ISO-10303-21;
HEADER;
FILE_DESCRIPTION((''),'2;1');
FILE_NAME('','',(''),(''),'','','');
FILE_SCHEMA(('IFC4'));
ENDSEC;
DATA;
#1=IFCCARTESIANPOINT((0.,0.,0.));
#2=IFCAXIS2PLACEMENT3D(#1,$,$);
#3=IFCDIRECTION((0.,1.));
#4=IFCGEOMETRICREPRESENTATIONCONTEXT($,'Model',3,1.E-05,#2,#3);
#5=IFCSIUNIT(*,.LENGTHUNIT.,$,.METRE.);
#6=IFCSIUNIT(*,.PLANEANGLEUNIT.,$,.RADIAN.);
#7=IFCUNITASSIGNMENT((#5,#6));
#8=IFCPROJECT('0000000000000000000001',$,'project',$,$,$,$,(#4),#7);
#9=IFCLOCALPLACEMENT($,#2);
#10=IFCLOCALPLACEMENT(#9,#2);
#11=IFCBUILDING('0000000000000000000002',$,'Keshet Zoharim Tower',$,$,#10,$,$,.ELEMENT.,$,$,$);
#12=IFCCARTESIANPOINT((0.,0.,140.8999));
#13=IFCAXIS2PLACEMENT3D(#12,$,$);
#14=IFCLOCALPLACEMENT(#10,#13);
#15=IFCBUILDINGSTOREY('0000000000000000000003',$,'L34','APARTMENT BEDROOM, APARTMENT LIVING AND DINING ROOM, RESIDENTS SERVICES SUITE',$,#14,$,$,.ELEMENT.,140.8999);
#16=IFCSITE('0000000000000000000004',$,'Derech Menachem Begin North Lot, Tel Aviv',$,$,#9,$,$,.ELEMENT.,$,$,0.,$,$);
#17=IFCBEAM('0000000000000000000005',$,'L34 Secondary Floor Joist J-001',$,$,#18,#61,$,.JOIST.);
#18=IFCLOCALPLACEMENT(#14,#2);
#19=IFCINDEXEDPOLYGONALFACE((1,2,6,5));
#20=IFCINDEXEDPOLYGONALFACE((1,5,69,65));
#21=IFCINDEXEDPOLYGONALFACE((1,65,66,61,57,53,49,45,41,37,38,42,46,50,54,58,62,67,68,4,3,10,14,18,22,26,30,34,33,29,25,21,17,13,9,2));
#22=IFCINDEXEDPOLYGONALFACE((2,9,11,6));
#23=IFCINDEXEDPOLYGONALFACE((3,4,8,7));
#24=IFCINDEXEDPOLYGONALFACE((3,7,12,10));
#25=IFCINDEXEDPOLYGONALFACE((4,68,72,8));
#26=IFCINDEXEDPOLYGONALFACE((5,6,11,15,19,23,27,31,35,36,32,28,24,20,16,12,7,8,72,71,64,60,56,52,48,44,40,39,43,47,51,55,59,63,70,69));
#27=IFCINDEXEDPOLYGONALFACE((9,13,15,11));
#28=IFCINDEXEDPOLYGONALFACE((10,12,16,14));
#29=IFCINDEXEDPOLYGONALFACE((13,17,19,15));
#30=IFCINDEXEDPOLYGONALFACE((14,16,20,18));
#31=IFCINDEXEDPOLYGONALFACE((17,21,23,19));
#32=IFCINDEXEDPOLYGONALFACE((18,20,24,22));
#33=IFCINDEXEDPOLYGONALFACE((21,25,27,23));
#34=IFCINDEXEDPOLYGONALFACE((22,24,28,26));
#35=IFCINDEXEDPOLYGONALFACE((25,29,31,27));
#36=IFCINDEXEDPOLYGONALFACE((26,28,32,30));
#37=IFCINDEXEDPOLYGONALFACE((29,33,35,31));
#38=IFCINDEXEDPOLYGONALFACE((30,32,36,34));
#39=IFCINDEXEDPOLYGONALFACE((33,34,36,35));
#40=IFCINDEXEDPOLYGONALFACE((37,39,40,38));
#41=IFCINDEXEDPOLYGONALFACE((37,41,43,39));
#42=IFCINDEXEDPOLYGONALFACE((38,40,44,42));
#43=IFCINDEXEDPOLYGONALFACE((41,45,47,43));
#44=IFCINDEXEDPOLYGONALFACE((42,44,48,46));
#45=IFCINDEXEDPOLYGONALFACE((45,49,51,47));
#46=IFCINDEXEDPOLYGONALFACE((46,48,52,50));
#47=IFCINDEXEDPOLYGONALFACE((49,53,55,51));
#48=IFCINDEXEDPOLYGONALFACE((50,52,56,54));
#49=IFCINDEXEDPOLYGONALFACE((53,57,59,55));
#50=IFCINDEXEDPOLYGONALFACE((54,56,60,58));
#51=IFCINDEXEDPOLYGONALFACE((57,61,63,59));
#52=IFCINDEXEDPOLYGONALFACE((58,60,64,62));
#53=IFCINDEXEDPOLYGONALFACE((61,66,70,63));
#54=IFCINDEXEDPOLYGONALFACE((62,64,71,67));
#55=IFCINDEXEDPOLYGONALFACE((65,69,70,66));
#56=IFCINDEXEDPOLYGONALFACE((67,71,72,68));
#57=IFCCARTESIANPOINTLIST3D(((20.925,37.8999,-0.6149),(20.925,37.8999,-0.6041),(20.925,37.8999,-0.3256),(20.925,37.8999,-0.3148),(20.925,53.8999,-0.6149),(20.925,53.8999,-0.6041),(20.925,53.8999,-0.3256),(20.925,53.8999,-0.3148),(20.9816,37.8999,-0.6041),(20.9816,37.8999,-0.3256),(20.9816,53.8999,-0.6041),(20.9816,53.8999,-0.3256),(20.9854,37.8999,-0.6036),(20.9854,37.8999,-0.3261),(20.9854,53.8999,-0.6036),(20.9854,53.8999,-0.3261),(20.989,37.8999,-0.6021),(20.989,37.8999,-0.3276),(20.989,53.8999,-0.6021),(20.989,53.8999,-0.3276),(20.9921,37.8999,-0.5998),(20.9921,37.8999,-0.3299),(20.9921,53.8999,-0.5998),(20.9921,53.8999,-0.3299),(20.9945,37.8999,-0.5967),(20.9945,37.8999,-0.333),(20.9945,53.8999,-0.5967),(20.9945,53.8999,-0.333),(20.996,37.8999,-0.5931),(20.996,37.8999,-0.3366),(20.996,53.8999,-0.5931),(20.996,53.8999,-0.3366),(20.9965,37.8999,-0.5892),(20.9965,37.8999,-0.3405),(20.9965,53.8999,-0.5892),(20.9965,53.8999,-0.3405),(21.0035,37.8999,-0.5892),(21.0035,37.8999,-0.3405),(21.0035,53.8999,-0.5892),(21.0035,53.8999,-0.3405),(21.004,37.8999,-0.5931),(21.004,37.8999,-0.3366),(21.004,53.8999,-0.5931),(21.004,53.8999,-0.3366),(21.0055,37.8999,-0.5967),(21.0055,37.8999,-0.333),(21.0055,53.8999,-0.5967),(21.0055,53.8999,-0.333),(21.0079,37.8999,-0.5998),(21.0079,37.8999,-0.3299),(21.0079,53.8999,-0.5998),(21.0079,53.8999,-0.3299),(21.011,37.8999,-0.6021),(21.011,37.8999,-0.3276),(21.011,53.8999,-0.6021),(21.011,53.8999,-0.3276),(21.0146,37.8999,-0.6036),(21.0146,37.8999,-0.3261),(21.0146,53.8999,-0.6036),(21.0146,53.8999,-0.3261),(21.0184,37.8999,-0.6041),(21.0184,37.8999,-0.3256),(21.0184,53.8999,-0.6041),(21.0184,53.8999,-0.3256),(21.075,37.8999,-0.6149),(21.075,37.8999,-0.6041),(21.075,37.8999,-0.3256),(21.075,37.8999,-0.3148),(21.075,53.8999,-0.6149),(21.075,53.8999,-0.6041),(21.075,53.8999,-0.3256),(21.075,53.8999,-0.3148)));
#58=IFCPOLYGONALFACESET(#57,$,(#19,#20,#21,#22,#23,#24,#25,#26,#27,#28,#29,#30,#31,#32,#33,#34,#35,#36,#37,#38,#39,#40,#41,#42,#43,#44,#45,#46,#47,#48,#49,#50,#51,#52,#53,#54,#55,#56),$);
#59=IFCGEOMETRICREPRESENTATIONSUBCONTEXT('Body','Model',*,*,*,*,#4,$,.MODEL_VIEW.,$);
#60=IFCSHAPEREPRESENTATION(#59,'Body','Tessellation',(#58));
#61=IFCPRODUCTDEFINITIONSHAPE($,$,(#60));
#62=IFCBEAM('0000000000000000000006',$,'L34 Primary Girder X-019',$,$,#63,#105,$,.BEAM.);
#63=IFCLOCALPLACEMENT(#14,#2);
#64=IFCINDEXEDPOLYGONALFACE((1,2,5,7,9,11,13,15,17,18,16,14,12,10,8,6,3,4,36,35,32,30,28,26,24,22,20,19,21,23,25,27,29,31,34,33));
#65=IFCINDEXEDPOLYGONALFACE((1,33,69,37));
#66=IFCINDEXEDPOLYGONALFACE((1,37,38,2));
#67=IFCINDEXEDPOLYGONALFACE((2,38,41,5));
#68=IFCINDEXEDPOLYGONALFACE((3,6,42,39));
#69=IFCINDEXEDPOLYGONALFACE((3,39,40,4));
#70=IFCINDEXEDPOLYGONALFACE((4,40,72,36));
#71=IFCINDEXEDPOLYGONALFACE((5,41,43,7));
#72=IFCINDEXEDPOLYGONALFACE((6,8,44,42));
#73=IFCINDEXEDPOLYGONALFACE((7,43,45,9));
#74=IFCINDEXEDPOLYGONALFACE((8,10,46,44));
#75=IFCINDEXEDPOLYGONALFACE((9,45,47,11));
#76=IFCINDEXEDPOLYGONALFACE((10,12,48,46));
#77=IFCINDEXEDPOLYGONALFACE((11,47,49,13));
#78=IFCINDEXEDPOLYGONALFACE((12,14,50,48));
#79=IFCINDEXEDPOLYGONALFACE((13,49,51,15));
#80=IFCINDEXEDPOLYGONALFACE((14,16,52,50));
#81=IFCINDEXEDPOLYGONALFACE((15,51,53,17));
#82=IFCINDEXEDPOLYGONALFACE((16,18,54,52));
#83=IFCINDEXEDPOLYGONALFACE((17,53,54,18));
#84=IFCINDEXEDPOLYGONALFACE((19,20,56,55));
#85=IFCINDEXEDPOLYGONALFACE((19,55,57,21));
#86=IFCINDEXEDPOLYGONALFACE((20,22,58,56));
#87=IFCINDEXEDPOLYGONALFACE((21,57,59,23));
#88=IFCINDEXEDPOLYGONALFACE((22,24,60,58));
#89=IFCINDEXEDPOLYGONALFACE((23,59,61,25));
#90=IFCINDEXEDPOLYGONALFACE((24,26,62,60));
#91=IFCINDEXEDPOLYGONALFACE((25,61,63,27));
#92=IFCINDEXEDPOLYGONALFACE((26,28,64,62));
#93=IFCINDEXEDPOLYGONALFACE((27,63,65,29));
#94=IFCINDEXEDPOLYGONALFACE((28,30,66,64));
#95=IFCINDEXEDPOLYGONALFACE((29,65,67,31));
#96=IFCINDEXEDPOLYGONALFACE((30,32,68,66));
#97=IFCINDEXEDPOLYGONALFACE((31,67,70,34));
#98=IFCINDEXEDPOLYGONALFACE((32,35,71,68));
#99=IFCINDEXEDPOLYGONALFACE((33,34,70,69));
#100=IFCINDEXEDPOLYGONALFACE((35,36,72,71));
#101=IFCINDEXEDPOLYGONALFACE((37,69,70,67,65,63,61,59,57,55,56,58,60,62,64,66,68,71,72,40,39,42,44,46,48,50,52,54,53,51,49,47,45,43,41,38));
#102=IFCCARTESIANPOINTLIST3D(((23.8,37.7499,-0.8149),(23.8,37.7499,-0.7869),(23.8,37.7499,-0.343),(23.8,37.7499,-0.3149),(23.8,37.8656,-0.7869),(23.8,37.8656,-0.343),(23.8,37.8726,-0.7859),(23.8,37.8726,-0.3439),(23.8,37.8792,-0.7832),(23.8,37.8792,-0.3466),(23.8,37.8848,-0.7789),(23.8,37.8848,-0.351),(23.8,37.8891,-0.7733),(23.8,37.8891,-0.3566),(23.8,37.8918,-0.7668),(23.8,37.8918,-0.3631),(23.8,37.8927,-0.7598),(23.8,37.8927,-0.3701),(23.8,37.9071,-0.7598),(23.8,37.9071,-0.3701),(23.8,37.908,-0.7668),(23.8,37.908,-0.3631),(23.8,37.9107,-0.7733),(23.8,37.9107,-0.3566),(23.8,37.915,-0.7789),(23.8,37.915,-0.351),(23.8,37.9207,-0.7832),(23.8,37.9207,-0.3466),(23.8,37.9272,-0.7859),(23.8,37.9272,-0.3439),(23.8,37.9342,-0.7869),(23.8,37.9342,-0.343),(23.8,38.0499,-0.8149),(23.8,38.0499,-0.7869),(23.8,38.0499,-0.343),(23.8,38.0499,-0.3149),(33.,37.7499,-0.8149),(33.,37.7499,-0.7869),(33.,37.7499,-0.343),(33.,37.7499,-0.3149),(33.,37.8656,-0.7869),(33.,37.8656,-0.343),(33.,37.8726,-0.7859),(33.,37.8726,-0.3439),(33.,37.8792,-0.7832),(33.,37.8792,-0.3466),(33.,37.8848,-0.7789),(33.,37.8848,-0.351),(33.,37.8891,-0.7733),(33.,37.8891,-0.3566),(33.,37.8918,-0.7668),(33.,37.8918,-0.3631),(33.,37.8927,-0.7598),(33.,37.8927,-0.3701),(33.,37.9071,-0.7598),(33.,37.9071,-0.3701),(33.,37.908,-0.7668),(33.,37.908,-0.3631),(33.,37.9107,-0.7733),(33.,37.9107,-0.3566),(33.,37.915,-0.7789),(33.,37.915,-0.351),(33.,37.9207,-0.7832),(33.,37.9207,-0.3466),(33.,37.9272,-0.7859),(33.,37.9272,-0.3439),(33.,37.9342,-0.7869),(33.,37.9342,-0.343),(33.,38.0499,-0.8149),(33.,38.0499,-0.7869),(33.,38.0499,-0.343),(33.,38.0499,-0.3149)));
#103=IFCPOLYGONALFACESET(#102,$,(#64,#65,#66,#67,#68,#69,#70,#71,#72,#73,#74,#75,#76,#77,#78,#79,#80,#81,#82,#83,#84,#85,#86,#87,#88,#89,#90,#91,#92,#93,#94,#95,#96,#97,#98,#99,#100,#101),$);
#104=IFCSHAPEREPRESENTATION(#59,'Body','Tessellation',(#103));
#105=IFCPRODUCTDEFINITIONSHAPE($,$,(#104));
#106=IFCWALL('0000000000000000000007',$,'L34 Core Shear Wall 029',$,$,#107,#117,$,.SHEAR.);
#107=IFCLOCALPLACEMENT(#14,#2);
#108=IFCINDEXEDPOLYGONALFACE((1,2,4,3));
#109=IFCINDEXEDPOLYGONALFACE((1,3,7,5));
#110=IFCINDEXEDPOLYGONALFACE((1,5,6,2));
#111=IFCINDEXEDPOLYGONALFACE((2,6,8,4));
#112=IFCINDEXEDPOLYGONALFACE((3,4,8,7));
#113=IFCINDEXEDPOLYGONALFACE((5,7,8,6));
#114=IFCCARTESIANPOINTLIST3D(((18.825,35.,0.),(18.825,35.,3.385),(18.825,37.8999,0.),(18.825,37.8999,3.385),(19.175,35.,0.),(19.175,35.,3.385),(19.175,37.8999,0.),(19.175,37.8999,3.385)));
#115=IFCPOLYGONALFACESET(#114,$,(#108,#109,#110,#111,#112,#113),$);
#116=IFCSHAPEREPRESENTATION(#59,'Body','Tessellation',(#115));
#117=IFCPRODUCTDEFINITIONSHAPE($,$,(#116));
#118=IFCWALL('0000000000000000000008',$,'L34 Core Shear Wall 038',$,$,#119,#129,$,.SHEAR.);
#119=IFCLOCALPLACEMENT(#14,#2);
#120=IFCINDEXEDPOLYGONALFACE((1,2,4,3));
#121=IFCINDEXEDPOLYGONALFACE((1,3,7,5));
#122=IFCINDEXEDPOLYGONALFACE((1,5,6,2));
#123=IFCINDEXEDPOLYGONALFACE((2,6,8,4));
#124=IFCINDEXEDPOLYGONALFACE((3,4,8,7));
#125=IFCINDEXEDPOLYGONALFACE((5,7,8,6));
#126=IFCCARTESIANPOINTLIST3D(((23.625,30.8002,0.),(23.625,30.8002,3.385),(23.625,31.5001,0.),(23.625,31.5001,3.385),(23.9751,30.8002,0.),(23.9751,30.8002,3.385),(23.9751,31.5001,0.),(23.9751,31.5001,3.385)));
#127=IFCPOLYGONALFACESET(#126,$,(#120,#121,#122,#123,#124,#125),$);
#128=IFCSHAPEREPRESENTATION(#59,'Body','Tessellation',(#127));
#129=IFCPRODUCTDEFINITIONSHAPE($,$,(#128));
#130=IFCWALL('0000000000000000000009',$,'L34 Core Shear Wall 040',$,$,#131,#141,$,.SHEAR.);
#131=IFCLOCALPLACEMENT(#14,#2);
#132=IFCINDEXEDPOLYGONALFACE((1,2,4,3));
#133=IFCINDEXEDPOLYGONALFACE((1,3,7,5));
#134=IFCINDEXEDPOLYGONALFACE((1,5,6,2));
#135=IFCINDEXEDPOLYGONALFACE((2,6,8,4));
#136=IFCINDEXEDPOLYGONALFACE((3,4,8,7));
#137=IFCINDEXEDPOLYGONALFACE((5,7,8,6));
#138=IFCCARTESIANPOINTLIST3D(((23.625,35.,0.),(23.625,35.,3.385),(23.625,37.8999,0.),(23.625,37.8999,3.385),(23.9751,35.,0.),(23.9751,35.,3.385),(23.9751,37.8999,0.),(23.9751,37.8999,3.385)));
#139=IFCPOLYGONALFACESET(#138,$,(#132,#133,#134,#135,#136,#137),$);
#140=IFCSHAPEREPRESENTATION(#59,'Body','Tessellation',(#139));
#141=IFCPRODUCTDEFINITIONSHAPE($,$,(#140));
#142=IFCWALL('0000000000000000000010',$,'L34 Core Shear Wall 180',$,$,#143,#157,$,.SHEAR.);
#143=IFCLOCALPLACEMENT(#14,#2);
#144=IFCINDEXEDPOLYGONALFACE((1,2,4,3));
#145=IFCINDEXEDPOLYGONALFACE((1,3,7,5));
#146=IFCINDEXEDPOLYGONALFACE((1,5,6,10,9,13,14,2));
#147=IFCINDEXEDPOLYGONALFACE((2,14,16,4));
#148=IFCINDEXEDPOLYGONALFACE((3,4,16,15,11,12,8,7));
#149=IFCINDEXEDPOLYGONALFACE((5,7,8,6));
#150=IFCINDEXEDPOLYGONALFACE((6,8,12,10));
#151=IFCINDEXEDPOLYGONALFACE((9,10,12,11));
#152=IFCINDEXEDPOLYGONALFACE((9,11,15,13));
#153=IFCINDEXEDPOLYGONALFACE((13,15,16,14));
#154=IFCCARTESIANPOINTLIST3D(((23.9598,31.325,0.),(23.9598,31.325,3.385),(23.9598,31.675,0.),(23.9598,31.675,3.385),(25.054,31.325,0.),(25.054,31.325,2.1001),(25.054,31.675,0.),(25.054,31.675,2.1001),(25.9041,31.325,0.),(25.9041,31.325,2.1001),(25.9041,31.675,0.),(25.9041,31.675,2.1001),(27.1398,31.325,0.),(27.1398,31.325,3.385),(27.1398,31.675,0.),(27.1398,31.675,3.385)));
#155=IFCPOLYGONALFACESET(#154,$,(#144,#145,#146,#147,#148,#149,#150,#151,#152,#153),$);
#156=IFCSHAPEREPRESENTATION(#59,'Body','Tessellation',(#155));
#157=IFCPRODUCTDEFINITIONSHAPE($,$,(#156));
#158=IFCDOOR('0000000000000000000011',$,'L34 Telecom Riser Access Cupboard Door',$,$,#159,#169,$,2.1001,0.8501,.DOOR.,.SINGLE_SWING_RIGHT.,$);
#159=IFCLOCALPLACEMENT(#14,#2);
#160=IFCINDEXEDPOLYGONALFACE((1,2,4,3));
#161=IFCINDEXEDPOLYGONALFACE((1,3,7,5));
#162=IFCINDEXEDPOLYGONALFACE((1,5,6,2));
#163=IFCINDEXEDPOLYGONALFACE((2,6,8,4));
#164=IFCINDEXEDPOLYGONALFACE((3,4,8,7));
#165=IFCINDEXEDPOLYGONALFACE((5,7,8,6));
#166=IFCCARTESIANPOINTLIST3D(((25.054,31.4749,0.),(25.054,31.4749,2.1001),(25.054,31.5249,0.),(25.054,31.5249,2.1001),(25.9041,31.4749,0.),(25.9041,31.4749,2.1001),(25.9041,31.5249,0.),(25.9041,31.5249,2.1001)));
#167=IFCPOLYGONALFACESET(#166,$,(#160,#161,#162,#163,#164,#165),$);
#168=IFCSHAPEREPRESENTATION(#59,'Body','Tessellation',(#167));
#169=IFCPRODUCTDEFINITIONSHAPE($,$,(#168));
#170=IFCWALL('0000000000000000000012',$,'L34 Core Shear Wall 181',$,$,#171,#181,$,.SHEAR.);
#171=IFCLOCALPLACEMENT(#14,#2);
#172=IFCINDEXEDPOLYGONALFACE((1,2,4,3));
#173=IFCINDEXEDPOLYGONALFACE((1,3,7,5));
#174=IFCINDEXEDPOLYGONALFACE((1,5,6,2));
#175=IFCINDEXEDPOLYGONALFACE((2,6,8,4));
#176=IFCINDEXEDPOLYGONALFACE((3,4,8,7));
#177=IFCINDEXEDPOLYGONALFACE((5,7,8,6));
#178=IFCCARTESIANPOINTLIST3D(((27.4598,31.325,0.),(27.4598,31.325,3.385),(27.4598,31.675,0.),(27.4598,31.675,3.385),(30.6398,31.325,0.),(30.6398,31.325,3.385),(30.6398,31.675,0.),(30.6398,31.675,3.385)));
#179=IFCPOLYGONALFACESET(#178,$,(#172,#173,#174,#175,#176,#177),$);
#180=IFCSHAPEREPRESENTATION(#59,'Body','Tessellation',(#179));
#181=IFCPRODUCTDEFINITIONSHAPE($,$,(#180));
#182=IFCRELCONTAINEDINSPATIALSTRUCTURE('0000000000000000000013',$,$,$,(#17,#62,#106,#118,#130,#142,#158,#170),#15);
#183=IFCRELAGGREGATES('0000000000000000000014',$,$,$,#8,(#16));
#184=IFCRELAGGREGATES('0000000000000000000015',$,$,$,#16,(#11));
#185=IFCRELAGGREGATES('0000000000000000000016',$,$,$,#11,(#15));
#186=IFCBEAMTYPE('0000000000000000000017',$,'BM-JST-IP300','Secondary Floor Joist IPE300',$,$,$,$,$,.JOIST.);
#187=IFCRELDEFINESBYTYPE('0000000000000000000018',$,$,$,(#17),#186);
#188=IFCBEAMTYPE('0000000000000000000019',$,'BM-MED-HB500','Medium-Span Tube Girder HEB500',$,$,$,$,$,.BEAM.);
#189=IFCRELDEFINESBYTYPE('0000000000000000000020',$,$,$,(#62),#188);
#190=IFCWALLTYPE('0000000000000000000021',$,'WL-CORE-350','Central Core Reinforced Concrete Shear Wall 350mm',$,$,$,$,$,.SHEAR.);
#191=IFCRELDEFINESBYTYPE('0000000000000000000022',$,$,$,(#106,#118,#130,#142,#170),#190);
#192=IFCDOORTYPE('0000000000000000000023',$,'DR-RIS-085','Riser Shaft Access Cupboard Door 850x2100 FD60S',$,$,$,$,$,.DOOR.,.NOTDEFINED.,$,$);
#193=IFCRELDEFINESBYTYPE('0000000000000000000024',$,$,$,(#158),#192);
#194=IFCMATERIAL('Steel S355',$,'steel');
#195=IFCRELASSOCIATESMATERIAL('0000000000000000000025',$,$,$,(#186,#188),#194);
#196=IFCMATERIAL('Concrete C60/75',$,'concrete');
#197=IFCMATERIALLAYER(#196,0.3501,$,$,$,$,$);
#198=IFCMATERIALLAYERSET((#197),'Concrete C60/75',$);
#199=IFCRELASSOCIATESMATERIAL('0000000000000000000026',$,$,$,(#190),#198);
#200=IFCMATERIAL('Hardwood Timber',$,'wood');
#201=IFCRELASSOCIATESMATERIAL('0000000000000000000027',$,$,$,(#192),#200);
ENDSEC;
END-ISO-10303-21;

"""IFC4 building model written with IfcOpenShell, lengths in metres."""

from ifc_helpers import new_model, si_unit, direction, frame, frame_2d, origin, origin_2d, place, context, subcontext, project, spatial, rectangle, i_section, extrude, material, layer, layer_set, material_profile, profile_set, type_object, element, fill, save


model = new_model("IFC4")

# Units and contexts
model_context = context("Model", 3, precision=1e-05, world=origin(), true_north=direction((0.0, 1.0)))
body_context = subcontext(model_context, "Body", "Model", "MODEL_VIEW")
ifc_project = project(units=[si_unit("LENGTHUNIT", "METRE"), si_unit("PLANEANGLEUNIT", "RADIAN")], contexts=[model_context])

# Site, building, storey
site_placement = place(None, origin())
site = spatial("IfcSite", under=ifc_project, at=site_placement, Name="Derech Menachem Begin North Lot, Tel Aviv", CompositionType="ELEMENT", RefElevation=0.0)
building_placement = place(site_placement, origin())
building = spatial("IfcBuilding", under=site, at=building_placement, Name="Keshet Zoharim Tower", CompositionType="ELEMENT")
storey_placement = place(building_placement, frame((0.0, 0.0, 140.8999)))
storey = spatial("IfcBuildingStorey", under=building, at=storey_placement, Name="L34", Description="APARTMENT BEDROOM, APARTMENT LIVING AND DINING ROOM, RESIDENTS SERVICES SUITE", CompositionType="ELEMENT", Elevation=140.8999)

# Beams
ifc_material_1 = material(Name="Steel S355", Category="steel")
ifc_material_profile_1 = material_profile(ifc_material_1, i_section(OverallWidth=0.1499, OverallDepth=0.3, WebThickness=0.0071, FlangeThickness=0.0107, FilletRadius=0.0149, at=origin_2d()), Name="IPE300")
ifc_profile_set_1 = profile_set([ifc_material_profile_1], Name="Steel S355")
beam_type_1 = type_object("IfcBeamType", Name="BM-JST-IP300", Description="Secondary Floor Joist IPE300", PredefinedType="JOIST", material=ifc_profile_set_1)
beam_1_placement = place(storey_placement, frame((21.0, 37.8999, -0.4648), z_axis=(0.0, 1.0, 0.0), x_axis=(-1.0, 0.0, 0.0)))
element("IfcBeam", 1, at=beam_1_placement, inside=storey, type_object=beam_type_1, Name="L34 Secondary Floor Joist J-001", PredefinedType="JOIST", context=body_context, shape_type="SweptSolid", body=[
    extrude(i_section(OverallWidth=0.1499, OverallDepth=0.3, WebThickness=0.0071, FlangeThickness=0.0107, FilletRadius=0.0149, at=origin_2d()), origin(), (0.0, 0.0, 1.0), 16.0),
])
ifc_material_profile_2 = material_profile(ifc_material_1, i_section(OverallWidth=0.3, OverallDepth=0.5, WebThickness=0.0144, FlangeThickness=0.0281, FilletRadius=0.0271, at=origin_2d()), Name="HEB500")
ifc_profile_set_2 = profile_set([ifc_material_profile_2], Name="Steel S355")
beam_type_2 = type_object("IfcBeamType", Name="BM-MED-HB500", Description="Medium-Span Tube Girder HEB500", PredefinedType="BEAM", material=ifc_profile_set_2)
beam_2_placement = place(storey_placement, frame((23.8, 37.8999, -0.5649), z_axis=(1.0, 0.0, 0.0), x_axis=(0.0, 1.0, 0.0)))
element("IfcBeam", 2, at=beam_2_placement, inside=storey, type_object=beam_type_2, Name="L34 Primary Girder X-019", PredefinedType="BEAM", context=body_context, shape_type="SweptSolid", body=[
    extrude(i_section(OverallWidth=0.3, OverallDepth=0.5, WebThickness=0.0144, FlangeThickness=0.0281, FilletRadius=0.0271, at=origin_2d()), origin(), (0.0, 0.0, 1.0), 9.2),
])

# Walls
ifc_material_2 = material(Name="Concrete C60/75", Category="concrete")
ifc_layer_1 = layer(ifc_material_2, 0.3501)
ifc_layer_set_1 = layer_set([ifc_layer_1], Name="Concrete C60/75")
wall_type_1 = type_object("IfcWallType", Name="WL-CORE-350", Description="Central Core Reinforced Concrete Shear Wall 350mm", PredefinedType="SHEAR", material=ifc_layer_set_1)
wall_1_placement = place(storey_placement, frame((19.0, 35.0, 0.0), z_axis=(0.0, 0.0, 1.0), x_axis=(0.0, 1.0, 0.0)))
element("IfcWall", 3, at=wall_1_placement, inside=storey, type_object=wall_type_1, Name="L34 Core Shear Wall 029", PredefinedType="SHEAR", context=body_context, shape_type="SweptSolid", body=[
    extrude(rectangle(XDim=2.8999, YDim=0.3501, at=frame_2d((1.45, 0.0))), origin(), (0.0, 0.0, 1.0), 3.385),
])
wall_2_placement = place(storey_placement, frame((23.8, 30.8, 0.0), z_axis=(0.0, 0.0, 1.0), x_axis=(0.0, 1.0, 0.0)))
element("IfcWall", 4, at=wall_2_placement, inside=storey, type_object=wall_type_1, Name="L34 Core Shear Wall 038", PredefinedType="SHEAR", context=body_context, shape_type="SweptSolid", body=[
    extrude(rectangle(XDim=0.7, YDim=0.3501, at=frame_2d((0.3501, 0.0))), origin(), (0.0, 0.0, 1.0), 3.385),
])

# Shared definitions
ifc_material_3 = material(Name="Hardwood Timber", Category="wood")

# Wall
wall_3_placement = place(storey_placement, frame((23.8, 35.0, 0.0), z_axis=(0.0, 0.0, 1.0), x_axis=(0.0, 1.0, 0.0)))
element("IfcWall", 5, at=wall_3_placement, inside=storey, type_object=wall_type_1, Name="L34 Core Shear Wall 040", PredefinedType="SHEAR", context=body_context, shape_type="SweptSolid", body=[
    extrude(rectangle(XDim=2.8999, YDim=0.3501, at=frame_2d((1.45, 0.0))), origin(), (0.0, 0.0, 1.0), 3.385),
])

# Wall, opening, door
wall_4_placement = place(storey_placement, frame((23.96, 31.5, 0.0), z_axis=(0.0, 0.0, 1.0), x_axis=(1.0, 0.0, 0.0)))
wall_4 = element("IfcWall", 6, at=wall_4_placement, inside=storey, type_object=wall_type_1, Name="L34 Core Shear Wall 180", PredefinedType="SHEAR", context=body_context, shape_type="SweptSolid", body=[
    extrude(rectangle(XDim=3.1799, YDim=0.3501, at=frame_2d((1.5898, 0.0))), origin(), (0.0, 0.0, 1.0), 3.385),
])
opening_1_placement = place(wall_4_placement, frame((1.094, 0.0, 0.0)))
opening_1 = element("IfcOpeningElement", 7, at=opening_1_placement, cuts=wall_4, PredefinedType="OPENING", context=body_context, shape_type="SweptSolid", body=[
    extrude(rectangle(XDim=0.8501, YDim=2.1001, at=frame_2d((0.425, 1.05))), frame((0.0, 0.1851, 0.0), z_axis=(0.0, -1.0, 0.0), x_axis=(1.0, 0.0, 0.0)), (0.0, 0.0, 1.0), 0.3701),
])
door_type_1 = type_object("IfcDoorType", Name="DR-RIS-085", Description="Riser Shaft Access Cupboard Door 850x2100 FD60S", OperationType="NOTDEFINED", PredefinedType="DOOR", material=ifc_material_3)
door_1_placement = place(opening_1_placement, origin())
door_1 = element("IfcDoor", 8, at=door_1_placement, inside=storey, type_object=door_type_1, Name="L34 Telecom Riser Access Cupboard Door", OperationType="SINGLE_SWING_RIGHT", OverallHeight=2.1001, OverallWidth=0.8501, PredefinedType="DOOR", context=body_context, shape_type="SweptSolid", body=[
    extrude(rectangle(XDim=0.8501, YDim=2.1001, at=frame_2d((0.425, 1.05))), frame((0.0, 0.0249, 0.0), z_axis=(0.0, -1.0, 0.0), x_axis=(1.0, 0.0, 0.0)), (0.0, 0.0, 1.0), 0.05),
])
fill(opening_1, door_1)

# Wall
wall_5_placement = place(storey_placement, frame((27.46, 31.5, 0.0), z_axis=(0.0, 0.0, 1.0), x_axis=(1.0, 0.0, 0.0)))
element("IfcWall", 9, at=wall_5_placement, inside=storey, type_object=wall_type_1, Name="L34 Core Shear Wall 181", PredefinedType="SHEAR", context=body_context, shape_type="SweptSolid", body=[
    extrude(rectangle(XDim=3.1799, YDim=0.3501, at=frame_2d((1.5898, 0.0))), origin(), (0.0, 0.0, 1.0), 3.385),
])

save(model, "model.ifc")
